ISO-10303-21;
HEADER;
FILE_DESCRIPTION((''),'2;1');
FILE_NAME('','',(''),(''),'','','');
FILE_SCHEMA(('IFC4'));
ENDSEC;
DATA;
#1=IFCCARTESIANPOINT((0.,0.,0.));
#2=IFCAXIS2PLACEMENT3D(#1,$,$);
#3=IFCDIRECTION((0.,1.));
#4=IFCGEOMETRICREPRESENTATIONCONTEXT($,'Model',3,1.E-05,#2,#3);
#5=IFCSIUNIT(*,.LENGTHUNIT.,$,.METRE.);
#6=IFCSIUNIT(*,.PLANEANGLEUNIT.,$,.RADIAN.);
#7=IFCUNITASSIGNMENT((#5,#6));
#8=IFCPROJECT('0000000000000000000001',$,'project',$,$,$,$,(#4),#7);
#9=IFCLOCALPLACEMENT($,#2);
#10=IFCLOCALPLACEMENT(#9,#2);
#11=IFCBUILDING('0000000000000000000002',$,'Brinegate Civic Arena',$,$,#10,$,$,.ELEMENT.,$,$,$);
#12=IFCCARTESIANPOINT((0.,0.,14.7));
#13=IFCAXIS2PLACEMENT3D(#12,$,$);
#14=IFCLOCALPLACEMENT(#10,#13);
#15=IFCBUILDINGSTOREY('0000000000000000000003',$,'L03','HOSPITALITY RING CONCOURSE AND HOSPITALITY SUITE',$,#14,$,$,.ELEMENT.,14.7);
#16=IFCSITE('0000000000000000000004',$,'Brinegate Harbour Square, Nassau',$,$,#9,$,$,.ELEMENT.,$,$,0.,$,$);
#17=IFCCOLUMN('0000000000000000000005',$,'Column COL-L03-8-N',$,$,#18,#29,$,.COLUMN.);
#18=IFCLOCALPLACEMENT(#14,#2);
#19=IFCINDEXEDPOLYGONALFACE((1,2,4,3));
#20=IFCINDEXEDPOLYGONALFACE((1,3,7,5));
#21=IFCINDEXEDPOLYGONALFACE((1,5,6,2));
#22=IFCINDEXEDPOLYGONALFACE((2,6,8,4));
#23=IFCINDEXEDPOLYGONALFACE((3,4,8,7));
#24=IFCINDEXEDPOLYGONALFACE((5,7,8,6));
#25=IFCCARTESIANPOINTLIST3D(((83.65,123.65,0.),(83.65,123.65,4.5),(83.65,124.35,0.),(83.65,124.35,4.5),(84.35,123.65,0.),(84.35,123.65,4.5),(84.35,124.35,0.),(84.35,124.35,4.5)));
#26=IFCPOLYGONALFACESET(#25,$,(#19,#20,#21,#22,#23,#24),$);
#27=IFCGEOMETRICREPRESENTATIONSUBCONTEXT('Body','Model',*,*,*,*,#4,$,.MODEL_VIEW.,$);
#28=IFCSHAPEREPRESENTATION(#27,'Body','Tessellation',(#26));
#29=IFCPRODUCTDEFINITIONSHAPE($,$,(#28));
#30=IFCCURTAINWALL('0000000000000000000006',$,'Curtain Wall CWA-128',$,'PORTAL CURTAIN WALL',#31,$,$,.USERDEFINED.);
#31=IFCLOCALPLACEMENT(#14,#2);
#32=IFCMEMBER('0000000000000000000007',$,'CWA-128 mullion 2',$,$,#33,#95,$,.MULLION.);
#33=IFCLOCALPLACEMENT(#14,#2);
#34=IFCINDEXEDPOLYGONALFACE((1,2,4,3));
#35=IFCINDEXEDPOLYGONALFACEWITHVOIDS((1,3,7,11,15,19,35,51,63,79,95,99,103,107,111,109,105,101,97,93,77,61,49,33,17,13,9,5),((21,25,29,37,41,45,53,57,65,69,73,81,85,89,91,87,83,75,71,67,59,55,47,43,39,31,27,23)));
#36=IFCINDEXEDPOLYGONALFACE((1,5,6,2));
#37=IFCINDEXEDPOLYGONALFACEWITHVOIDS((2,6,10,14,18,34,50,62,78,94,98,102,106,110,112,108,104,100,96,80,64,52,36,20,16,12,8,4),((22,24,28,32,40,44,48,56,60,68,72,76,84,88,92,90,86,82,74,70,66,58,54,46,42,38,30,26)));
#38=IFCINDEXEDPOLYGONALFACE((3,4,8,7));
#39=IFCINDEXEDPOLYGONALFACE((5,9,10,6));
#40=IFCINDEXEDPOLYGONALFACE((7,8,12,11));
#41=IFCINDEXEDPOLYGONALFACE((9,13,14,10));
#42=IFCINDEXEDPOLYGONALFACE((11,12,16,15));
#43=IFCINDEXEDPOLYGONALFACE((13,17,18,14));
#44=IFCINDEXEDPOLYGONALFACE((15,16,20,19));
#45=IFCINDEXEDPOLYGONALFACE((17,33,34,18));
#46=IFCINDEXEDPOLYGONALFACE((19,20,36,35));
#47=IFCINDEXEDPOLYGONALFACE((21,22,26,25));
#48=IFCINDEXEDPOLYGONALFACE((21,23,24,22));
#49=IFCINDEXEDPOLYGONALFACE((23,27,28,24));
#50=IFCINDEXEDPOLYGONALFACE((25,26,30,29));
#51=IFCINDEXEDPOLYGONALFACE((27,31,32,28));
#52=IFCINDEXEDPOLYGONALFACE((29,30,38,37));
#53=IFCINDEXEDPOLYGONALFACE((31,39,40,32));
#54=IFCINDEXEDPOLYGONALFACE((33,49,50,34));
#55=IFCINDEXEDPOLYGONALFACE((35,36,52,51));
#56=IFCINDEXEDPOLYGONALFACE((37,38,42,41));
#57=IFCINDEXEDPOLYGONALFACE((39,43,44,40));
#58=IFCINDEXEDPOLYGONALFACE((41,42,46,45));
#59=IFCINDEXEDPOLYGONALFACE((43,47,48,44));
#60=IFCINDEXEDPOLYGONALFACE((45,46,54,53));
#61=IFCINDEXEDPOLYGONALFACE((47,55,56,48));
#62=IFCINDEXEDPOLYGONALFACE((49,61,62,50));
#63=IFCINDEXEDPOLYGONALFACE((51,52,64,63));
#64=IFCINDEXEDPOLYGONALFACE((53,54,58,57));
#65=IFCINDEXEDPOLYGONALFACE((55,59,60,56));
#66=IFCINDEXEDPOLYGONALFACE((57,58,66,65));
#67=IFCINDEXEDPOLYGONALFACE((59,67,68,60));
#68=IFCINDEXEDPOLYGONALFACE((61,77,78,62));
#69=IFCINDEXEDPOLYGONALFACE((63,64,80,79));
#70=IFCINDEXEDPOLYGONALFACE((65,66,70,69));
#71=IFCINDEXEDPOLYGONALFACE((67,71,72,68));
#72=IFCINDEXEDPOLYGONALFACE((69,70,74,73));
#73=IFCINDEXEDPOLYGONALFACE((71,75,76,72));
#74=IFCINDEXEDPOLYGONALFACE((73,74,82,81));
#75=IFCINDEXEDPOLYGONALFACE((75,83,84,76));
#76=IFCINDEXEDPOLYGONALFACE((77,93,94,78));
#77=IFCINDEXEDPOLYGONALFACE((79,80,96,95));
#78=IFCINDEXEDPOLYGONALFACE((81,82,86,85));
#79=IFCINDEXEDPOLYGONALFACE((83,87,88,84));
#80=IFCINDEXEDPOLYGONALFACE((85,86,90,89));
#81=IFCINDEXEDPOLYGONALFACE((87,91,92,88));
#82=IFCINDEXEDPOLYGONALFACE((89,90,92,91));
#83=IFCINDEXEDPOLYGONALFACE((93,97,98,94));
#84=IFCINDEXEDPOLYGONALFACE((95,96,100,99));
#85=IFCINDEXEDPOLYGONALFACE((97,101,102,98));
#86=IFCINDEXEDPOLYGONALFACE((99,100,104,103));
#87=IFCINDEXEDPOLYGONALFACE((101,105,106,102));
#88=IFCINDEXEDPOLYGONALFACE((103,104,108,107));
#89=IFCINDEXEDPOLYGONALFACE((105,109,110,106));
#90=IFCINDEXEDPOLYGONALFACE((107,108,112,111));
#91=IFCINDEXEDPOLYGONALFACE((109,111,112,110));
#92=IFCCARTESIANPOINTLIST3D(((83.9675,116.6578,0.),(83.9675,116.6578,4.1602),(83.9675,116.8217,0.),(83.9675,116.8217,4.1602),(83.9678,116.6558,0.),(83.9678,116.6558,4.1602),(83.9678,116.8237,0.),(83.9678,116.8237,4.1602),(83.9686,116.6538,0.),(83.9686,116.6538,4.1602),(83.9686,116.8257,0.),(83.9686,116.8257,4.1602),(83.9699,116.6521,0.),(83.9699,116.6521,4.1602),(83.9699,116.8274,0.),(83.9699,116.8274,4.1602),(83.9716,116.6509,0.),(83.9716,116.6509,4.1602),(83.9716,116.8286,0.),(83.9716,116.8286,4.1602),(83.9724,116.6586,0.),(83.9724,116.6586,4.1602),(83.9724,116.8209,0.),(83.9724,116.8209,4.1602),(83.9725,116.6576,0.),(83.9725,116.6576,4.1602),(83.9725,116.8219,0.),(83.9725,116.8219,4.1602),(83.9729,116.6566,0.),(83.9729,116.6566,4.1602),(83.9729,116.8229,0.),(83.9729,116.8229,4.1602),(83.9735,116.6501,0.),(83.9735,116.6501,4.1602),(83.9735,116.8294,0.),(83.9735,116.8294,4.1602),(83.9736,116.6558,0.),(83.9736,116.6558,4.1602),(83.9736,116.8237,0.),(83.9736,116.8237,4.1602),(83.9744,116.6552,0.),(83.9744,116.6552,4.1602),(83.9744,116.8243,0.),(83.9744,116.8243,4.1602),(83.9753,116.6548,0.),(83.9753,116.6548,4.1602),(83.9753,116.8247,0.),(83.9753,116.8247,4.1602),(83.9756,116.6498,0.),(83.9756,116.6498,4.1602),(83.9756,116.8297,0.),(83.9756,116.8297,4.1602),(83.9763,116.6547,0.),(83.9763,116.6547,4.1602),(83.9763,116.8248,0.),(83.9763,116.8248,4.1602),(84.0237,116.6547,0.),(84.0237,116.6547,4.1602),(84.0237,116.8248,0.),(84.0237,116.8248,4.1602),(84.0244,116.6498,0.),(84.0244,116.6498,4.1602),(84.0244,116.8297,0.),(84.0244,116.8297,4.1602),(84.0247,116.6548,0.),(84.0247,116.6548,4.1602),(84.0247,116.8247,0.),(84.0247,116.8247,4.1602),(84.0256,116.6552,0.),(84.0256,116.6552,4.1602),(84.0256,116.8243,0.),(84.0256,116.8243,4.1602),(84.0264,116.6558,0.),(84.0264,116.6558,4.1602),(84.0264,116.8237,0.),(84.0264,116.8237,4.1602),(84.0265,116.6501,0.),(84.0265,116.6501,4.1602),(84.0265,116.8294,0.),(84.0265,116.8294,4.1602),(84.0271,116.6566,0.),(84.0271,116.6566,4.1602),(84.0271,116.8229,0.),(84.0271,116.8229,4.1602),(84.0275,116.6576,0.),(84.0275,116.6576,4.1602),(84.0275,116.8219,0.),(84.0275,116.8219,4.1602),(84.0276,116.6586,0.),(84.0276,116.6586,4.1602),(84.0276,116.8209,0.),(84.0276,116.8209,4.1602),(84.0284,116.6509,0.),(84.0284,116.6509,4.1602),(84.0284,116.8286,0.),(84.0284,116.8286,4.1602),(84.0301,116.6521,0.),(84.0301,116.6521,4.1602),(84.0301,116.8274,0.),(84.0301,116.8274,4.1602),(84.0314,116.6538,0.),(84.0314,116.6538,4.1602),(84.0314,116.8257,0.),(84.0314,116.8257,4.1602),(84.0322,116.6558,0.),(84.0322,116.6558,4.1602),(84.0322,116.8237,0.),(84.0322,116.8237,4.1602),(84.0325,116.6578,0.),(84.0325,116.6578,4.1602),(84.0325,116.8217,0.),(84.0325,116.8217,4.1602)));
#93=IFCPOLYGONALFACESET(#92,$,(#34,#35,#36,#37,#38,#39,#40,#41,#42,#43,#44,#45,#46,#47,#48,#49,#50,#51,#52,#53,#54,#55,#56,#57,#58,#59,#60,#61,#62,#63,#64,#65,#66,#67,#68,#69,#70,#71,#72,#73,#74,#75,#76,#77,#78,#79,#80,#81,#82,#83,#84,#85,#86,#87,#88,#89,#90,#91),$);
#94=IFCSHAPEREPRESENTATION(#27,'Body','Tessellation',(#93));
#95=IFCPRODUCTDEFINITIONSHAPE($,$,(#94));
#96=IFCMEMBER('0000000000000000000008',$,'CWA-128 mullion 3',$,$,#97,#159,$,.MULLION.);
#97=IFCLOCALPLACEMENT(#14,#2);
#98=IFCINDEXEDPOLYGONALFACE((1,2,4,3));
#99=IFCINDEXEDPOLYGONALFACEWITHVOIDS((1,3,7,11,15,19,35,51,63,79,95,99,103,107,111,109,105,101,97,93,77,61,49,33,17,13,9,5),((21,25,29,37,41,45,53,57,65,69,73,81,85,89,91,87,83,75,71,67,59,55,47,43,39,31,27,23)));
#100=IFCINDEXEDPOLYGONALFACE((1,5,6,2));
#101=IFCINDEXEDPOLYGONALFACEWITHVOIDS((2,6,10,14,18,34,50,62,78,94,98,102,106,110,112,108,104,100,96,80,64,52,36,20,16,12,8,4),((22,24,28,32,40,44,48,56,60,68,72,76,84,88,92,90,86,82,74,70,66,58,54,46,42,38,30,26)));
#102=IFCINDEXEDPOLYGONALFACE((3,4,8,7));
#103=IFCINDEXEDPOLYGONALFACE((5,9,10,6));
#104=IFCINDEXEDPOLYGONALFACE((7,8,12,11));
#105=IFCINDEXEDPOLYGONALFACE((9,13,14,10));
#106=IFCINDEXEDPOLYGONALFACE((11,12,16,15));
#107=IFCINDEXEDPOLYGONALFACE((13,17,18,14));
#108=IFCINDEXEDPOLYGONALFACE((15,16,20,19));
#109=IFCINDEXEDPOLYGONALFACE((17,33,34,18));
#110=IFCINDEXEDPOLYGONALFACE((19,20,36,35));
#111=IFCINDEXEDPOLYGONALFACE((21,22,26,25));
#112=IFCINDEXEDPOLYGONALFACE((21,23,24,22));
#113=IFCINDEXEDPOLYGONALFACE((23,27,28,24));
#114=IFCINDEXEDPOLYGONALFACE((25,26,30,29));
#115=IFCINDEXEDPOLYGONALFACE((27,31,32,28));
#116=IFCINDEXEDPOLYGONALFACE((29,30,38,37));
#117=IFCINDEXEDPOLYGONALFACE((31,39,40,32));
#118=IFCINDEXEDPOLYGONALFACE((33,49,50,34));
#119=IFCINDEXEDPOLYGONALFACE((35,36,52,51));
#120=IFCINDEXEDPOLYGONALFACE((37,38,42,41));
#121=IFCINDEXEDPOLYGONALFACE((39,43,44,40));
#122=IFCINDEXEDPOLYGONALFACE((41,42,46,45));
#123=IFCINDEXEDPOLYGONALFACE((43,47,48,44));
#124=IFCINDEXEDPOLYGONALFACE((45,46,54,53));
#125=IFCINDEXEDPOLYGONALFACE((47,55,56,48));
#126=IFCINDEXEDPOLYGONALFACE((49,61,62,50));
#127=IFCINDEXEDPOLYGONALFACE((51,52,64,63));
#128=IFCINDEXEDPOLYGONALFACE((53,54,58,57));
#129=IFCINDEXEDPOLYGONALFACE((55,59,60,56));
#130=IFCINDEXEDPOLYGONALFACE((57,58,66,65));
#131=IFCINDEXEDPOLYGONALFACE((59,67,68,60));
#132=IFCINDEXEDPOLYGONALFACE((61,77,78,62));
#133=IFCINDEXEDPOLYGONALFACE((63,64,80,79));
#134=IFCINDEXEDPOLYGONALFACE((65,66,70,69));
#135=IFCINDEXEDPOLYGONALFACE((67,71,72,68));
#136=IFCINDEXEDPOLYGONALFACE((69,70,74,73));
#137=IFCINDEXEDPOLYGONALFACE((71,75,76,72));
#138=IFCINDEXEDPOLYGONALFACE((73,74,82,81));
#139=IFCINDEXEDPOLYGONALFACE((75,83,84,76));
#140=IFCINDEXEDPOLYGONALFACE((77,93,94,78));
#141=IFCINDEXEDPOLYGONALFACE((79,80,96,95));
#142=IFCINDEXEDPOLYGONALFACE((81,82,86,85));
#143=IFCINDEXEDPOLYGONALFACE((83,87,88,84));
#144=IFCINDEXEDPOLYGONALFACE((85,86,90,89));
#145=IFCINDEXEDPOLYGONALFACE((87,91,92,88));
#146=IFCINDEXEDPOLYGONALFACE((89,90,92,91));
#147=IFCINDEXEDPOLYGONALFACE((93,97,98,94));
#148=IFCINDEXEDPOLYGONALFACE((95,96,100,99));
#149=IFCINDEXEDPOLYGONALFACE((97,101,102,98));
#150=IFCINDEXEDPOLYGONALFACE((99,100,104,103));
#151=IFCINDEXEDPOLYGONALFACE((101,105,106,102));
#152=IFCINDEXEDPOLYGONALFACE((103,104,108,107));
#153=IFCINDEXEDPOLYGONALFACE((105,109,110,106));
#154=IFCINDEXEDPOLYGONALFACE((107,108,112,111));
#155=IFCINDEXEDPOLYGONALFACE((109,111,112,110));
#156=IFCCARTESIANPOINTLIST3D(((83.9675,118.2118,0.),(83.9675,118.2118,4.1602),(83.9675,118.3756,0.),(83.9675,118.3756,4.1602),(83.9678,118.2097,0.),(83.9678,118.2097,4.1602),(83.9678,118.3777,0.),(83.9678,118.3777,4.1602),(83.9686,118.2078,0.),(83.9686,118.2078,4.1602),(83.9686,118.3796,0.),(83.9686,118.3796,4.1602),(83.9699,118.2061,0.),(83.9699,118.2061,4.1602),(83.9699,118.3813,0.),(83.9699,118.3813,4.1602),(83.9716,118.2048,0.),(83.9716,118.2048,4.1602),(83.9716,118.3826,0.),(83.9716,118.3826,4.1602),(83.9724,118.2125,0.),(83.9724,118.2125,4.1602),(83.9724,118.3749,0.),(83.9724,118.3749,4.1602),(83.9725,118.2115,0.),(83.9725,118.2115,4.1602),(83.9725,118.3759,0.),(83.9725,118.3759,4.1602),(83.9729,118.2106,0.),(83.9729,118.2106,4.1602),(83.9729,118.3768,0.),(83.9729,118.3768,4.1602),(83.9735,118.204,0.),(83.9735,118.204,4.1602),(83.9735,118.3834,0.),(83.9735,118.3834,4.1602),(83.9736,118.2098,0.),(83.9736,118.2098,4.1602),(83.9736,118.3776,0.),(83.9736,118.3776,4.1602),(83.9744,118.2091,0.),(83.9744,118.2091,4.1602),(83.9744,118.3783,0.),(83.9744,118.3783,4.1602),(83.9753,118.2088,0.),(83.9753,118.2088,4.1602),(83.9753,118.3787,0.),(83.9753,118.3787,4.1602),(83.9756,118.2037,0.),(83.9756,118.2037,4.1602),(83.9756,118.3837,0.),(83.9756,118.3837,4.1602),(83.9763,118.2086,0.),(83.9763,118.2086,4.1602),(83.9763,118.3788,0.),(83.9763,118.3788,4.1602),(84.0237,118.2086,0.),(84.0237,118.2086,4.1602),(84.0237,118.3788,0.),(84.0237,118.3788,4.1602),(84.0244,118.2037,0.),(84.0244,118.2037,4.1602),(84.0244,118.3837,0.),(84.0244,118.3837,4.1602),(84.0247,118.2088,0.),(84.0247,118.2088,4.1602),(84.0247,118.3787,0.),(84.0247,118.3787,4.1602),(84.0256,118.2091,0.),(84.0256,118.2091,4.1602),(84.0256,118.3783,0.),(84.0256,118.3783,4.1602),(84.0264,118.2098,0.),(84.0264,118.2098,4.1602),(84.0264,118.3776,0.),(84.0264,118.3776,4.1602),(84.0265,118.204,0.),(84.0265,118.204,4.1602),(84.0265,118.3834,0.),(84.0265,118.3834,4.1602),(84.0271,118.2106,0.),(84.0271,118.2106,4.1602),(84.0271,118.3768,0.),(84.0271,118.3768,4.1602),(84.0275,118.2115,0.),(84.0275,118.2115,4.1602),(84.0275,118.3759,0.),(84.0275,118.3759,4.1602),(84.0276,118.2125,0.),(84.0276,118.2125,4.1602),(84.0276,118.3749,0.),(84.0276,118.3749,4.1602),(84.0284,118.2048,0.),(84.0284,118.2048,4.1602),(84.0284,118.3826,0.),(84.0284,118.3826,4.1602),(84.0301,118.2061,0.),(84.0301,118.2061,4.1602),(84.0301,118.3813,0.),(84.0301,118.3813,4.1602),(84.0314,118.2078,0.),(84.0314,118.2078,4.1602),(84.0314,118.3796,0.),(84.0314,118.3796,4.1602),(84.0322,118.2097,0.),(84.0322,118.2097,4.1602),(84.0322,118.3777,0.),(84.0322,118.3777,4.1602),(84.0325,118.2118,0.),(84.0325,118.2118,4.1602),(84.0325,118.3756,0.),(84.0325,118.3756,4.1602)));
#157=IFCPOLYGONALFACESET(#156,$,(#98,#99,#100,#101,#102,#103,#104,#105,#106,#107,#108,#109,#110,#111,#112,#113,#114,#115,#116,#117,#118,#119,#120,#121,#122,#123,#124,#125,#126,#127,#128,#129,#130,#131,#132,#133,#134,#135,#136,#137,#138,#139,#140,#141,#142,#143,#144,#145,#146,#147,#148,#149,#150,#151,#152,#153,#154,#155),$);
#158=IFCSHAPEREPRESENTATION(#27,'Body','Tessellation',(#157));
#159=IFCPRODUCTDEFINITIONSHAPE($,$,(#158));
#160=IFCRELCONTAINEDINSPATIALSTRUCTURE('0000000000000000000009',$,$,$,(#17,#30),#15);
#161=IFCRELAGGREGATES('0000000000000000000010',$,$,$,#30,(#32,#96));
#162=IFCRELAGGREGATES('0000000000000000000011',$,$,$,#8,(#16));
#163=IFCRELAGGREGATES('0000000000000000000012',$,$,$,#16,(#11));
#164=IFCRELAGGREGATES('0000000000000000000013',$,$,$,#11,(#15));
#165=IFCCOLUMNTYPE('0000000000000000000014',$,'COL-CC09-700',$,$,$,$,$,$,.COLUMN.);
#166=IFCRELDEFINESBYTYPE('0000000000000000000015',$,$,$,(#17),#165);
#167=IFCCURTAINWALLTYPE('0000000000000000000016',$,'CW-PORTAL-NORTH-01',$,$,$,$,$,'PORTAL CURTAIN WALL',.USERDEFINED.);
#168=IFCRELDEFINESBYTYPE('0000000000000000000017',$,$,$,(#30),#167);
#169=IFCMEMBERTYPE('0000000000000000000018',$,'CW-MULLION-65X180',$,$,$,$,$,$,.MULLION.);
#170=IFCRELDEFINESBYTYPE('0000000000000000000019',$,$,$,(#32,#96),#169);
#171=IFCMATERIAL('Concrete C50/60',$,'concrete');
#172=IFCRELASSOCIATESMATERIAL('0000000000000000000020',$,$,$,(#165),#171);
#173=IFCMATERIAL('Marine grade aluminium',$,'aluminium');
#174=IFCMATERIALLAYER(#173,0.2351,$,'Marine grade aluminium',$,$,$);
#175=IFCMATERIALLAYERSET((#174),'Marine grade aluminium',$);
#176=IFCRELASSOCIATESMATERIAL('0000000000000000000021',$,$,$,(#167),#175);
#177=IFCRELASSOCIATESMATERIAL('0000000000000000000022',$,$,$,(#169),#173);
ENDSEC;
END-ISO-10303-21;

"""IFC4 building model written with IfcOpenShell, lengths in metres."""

from ifc_helpers import new_model, si_unit, direction, frame, origin, origin_2d, place, context, subcontext, project, spatial, rectangle, hollow_rectangle, extrude, material, layer, layer_set, material_profile, profile_set, type_object, element, aggregate, save


model = new_model("IFC4")

# Units and contexts
model_context = context("Model", 3, precision=1e-05, world=origin(), true_north=direction((0.0, 1.0)))
body_context = subcontext(model_context, "Body", "Model", "MODEL_VIEW")
ifc_project = project(units=[si_unit("LENGTHUNIT", "METRE"), si_unit("PLANEANGLEUNIT", "RADIAN")], contexts=[model_context])

# Site, building, storey
site_placement = place(None, origin())
site = spatial("IfcSite", under=ifc_project, at=site_placement, Name="Brinegate Harbour Square, Nassau", CompositionType="ELEMENT", RefElevation=0.0)
building_placement = place(site_placement, origin())
building = spatial("IfcBuilding", under=site, at=building_placement, Name="Brinegate Civic Arena", CompositionType="ELEMENT")
storey_placement = place(building_placement, frame((0.0, 0.0, 14.7)))
storey = spatial("IfcBuildingStorey", under=building, at=storey_placement, Name="L03", Description="HOSPITALITY RING CONCOURSE AND HOSPITALITY SUITE", CompositionType="ELEMENT", Elevation=14.7)

# Column
ifc_material_1 = material(Name="Concrete C50/60", Category="concrete")
ifc_material_profile_1 = material_profile(ifc_material_1, rectangle(XDim=0.7, YDim=0.7, at=origin_2d()), Name="RC700X700")
ifc_profile_set_1 = profile_set([ifc_material_profile_1], Name="Concrete C50/60")
column_type = type_object("IfcColumnType", Name="COL-CC09-700", PredefinedType="COLUMN", material=ifc_profile_set_1)
column_placement = place(storey_placement, frame((84.0, 124.0, 0.0), z_axis=(0.0, 0.0, 1.0), x_axis=(1.0, 0.0, 0.0)))
element("IfcColumn", 1, at=column_placement, inside=storey, type_object=column_type, Name="Column COL-L03-8-N", PredefinedType="COLUMN", context=body_context, shape_type="SweptSolid", body=[
    extrude(rectangle(XDim=0.7, YDim=0.7, at=origin_2d()), origin(), (0.0, 0.0, 1.0), 4.5),
])

# Curtain wall, members
ifc_material_2 = material(Name="Marine grade aluminium", Category="aluminium")
ifc_layer_1 = layer(ifc_material_2, 0.2351, Name="Marine grade aluminium")
ifc_layer_set_1 = layer_set([ifc_layer_1], Name="Marine grade aluminium")
curtain_wall_type = type_object("IfcCurtainWallType", Name="CW-PORTAL-NORTH-01", ElementType="PORTAL CURTAIN WALL", PredefinedType="USERDEFINED", material=ifc_layer_set_1)
curtain_wall_placement = place(storey_placement, origin())
curtain_wall = element("IfcCurtainWall", 2, at=curtain_wall_placement, inside=storey, type_object=curtain_wall_type, Name="Curtain Wall CWA-128", ObjectType="PORTAL CURTAIN WALL", PredefinedType="USERDEFINED")
ifc_material_profile_2 = material_profile(ifc_material_2, hollow_rectangle(XDim=0.0649, YDim=0.1799, WallThickness=0.0049, InnerFilletRadius=0.0039, OuterFilletRadius=0.0081, at=origin_2d()), Name="MUL65X180")
ifc_profile_set_2 = profile_set([ifc_material_profile_2], Name="Marine grade aluminium")
member_type_1 = type_object("IfcMemberType", Name="CW-MULLION-65X180", PredefinedType="MULLION", material=ifc_profile_set_2)
member_1_placement = place(storey_placement, frame((84.0, 116.7397, 0.0), z_axis=(0.0, 0.0, 1.0), x_axis=(-1.0, 0.0, 0.0)))
member_1 = element("IfcMember", 3, at=member_1_placement, type_object=member_type_1, Name="CWA-128 mullion 2", PredefinedType="MULLION", context=body_context, shape_type="SweptSolid", body=[
    extrude(hollow_rectangle(XDim=0.0649, YDim=0.1799, WallThickness=0.0049, InnerFilletRadius=0.0039, OuterFilletRadius=0.0081, at=origin_2d()), origin(), (0.0, 0.0, 1.0), 4.1602),
])
member_2_placement = place(storey_placement, frame((84.0, 118.2937, 0.0), z_axis=(0.0, 0.0, 1.0), x_axis=(-1.0, 0.0, 0.0)))
member_2 = element("IfcMember", 4, at=member_2_placement, type_object=member_type_1, Name="CWA-128 mullion 3", PredefinedType="MULLION", context=body_context, shape_type="SweptSolid", body=[
    extrude(hollow_rectangle(XDim=0.0649, YDim=0.1799, WallThickness=0.0049, InnerFilletRadius=0.0039, OuterFilletRadius=0.0081, at=origin_2d()), origin(), (0.0, 0.0, 1.0), 4.1602),
])

aggregate(curtain_wall, [member_1, member_2])

save(model, "model.ifc")
